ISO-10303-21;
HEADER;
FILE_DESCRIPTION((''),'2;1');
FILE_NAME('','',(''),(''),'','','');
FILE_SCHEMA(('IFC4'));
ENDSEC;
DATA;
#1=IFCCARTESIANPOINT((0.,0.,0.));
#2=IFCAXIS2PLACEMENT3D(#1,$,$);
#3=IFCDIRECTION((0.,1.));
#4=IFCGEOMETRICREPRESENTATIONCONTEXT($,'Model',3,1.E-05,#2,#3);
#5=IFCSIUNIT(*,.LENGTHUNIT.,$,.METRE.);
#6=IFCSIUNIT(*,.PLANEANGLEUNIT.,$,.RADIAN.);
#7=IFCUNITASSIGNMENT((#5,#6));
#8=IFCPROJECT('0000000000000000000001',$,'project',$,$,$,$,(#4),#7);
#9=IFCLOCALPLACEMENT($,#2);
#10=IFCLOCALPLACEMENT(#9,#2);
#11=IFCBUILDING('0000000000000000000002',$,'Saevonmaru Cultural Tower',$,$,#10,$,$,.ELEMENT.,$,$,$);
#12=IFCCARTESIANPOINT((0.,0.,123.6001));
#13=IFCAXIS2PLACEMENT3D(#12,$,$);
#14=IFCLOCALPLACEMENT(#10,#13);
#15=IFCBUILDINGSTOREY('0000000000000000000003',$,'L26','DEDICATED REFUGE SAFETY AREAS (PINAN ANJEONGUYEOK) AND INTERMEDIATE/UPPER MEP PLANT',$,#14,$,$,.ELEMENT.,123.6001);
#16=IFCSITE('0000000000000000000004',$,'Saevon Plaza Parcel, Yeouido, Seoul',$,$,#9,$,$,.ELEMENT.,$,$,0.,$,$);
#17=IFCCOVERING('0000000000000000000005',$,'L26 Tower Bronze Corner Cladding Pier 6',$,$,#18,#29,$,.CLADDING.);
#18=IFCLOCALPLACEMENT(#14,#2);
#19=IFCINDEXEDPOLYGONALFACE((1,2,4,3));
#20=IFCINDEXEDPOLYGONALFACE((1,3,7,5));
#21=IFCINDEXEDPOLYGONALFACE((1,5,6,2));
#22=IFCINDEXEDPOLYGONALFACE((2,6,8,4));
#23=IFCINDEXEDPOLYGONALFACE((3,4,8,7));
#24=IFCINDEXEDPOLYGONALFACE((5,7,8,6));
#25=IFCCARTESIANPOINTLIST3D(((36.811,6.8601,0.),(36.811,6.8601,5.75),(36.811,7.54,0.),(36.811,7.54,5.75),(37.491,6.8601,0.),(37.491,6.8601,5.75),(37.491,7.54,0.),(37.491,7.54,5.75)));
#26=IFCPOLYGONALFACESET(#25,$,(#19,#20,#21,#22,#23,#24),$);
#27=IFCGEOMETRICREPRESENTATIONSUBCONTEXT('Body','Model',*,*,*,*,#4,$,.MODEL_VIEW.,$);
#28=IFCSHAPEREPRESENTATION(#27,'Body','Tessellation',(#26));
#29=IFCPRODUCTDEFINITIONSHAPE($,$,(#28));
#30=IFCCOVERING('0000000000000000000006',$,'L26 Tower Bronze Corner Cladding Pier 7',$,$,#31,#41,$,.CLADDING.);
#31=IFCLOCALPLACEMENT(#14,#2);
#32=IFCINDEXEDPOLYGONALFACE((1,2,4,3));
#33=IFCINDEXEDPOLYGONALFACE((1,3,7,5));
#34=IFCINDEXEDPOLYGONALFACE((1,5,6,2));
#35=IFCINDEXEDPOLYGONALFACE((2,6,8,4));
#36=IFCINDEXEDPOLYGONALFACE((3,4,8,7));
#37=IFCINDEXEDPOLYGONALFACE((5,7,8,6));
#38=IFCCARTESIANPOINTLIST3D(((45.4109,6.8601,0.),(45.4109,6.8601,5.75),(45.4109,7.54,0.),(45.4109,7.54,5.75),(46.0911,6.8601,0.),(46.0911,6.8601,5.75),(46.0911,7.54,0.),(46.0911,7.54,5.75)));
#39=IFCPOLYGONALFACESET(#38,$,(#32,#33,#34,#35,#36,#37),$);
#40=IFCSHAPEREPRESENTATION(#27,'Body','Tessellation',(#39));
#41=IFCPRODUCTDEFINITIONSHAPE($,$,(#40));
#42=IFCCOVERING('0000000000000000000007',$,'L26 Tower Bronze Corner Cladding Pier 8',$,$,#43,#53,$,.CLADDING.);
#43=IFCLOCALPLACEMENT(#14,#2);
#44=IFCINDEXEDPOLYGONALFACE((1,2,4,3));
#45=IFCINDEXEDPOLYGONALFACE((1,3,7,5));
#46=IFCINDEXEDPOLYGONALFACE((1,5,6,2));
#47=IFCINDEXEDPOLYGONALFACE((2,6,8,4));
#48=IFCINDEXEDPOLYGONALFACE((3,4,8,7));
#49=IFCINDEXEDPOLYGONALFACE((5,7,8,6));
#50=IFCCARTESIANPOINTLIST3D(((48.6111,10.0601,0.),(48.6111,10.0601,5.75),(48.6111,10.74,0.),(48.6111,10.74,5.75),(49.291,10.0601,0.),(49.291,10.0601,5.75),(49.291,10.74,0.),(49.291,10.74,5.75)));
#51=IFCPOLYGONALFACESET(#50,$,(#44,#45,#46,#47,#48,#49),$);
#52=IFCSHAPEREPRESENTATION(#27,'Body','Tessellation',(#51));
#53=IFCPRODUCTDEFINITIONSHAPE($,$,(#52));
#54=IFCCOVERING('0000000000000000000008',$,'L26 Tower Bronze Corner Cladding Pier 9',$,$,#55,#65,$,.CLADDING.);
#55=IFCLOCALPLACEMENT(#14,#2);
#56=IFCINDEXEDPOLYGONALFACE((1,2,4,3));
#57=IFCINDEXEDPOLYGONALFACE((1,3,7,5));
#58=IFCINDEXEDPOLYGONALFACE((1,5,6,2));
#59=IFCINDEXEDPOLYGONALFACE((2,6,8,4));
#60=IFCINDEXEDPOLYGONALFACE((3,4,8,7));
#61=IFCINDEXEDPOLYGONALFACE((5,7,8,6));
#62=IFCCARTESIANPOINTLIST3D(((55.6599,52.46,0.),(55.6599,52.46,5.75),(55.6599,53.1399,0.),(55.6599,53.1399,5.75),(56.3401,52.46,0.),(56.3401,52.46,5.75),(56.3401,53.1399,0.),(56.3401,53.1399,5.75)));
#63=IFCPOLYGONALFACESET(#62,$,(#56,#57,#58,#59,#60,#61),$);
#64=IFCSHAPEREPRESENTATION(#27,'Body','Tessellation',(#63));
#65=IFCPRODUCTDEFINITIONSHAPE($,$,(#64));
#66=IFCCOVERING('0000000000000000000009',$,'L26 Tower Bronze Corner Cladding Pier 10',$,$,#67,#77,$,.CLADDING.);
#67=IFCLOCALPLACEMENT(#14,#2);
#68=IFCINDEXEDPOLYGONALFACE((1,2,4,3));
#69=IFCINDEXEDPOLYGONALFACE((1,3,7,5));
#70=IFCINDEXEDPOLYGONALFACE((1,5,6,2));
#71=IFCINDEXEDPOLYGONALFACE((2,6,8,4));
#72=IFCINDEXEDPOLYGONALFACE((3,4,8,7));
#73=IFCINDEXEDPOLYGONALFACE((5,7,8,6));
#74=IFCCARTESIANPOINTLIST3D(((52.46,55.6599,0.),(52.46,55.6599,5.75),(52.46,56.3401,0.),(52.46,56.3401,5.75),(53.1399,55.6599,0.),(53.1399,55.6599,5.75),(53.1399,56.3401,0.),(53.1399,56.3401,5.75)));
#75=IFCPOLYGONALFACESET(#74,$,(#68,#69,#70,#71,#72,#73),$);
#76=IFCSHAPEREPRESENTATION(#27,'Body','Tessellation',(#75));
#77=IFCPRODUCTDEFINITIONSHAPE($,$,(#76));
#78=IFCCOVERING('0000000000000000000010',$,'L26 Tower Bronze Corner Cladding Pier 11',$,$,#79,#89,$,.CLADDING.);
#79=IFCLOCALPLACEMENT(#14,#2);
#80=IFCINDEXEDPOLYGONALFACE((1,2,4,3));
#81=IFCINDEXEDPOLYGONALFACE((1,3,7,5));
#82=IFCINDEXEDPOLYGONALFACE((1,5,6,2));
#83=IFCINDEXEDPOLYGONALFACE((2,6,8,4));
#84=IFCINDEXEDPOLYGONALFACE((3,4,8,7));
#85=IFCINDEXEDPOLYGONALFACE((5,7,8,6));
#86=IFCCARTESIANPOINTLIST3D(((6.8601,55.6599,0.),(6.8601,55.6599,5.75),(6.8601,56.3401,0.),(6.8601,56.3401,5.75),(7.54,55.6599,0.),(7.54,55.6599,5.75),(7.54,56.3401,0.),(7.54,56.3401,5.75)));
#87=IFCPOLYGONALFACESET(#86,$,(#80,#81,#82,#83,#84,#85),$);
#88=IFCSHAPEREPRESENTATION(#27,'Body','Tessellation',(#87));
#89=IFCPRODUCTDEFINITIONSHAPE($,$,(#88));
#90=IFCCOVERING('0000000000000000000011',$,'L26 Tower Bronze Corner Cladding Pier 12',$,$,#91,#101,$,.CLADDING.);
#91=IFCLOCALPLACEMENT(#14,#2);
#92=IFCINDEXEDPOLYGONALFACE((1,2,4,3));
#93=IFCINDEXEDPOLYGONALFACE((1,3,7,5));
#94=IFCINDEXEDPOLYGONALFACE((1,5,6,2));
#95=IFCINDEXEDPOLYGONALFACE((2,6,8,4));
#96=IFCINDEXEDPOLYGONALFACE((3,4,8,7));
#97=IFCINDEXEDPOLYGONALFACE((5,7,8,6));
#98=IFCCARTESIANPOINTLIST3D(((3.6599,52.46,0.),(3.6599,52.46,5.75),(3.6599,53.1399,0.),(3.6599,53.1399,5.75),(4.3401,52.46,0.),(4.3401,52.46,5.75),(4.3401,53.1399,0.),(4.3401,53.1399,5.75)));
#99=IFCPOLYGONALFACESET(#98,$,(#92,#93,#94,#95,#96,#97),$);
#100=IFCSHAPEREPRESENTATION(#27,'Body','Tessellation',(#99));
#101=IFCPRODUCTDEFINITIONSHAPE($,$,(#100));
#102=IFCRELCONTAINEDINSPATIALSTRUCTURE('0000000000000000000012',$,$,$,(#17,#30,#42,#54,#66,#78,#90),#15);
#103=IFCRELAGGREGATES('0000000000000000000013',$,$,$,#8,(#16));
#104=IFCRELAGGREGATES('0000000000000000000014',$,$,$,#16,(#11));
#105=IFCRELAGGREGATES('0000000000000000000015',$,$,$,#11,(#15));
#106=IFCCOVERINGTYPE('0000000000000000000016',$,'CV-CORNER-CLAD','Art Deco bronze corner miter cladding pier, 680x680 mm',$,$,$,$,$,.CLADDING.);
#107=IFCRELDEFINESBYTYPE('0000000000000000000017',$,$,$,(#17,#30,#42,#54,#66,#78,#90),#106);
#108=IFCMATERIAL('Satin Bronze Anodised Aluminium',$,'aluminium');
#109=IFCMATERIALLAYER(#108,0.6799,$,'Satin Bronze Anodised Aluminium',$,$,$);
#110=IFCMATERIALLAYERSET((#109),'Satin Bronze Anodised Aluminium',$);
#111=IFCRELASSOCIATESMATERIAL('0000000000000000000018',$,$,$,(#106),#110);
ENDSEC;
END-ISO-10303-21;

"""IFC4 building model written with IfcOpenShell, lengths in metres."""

from ifc_helpers import new_model, si_unit, direction, frame, origin, place, context, subcontext, project, spatial, polyline, outline, extrude, material, layer, layer_set, type_object, element, save


model = new_model("IFC4")

# Units and contexts
model_context = context("Model", 3, precision=1e-05, world=origin(), true_north=direction((0.0, 1.0)))
body_context = subcontext(model_context, "Body", "Model", "MODEL_VIEW")
ifc_project = project(units=[si_unit("LENGTHUNIT", "METRE"), si_unit("PLANEANGLEUNIT", "RADIAN")], contexts=[model_context])

# Site, building, storey
site_placement = place(None, origin())
site = spatial("IfcSite", under=ifc_project, at=site_placement, Name="Saevon Plaza Parcel, Yeouido, Seoul", CompositionType="ELEMENT", RefElevation=0.0)
building_placement = place(site_placement, origin())
building = spatial("IfcBuilding", under=site, at=building_placement, Name="Saevonmaru Cultural Tower", CompositionType="ELEMENT")
storey_placement = place(building_placement, frame((0.0, 0.0, 123.6001)))
storey = spatial("IfcBuildingStorey", under=building, at=storey_placement, Name="L26", Description="DEDICATED REFUGE SAFETY AREAS (PINAN ANJEONGUYEOK) AND INTERMEDIATE/UPPER MEP PLANT", CompositionType="ELEMENT", Elevation=123.6001)

# Shared definitions
ifc_material_1 = material(Name="Satin Bronze Anodised Aluminium", Category="aluminium")

# Coverings
ifc_layer_1 = layer(ifc_material_1, 0.6799, Name="Satin Bronze Anodised Aluminium")
ifc_layer_set_1 = layer_set([ifc_layer_1], Name="Satin Bronze Anodised Aluminium")
covering_type = type_object("IfcCoveringType", Name="CV-CORNER-CLAD", Description="Art Deco bronze corner miter cladding pier, 680x680 mm", PredefinedType="CLADDING", material=ifc_layer_set_1)
covering_1_placement = place(storey_placement, origin())
element("IfcCovering", 1, at=covering_1_placement, inside=storey, type_object=covering_type, Name="L26 Tower Bronze Corner Cladding Pier 6", PredefinedType="CLADDING", context=body_context, shape_type="SweptSolid", body=[
    extrude(outline(polyline([(36.811, 6.8601), (37.491, 6.8601), (37.491, 7.54), (36.811, 7.54), (36.811, 6.8601)])), origin(), (0.0, 0.0, 1.0), 5.75),
])
covering_2_placement = place(storey_placement, origin())
element("IfcCovering", 2, at=covering_2_placement, inside=storey, type_object=covering_type, Name="L26 Tower Bronze Corner Cladding Pier 7", PredefinedType="CLADDING", context=body_context, shape_type="SweptSolid", body=[
    extrude(outline(polyline([(45.4109, 6.8601), (46.0911, 6.8601), (46.0911, 7.54), (45.4109, 7.54), (45.4109, 6.8601)])), origin(), (0.0, 0.0, 1.0), 5.75),
])
covering_3_placement = place(storey_placement, origin())
element("IfcCovering", 3, at=covering_3_placement, inside=storey, type_object=covering_type, Name="L26 Tower Bronze Corner Cladding Pier 8", PredefinedType="CLADDING", context=body_context, shape_type="SweptSolid", body=[
    extrude(outline(polyline([(48.6111, 10.0601), (49.291, 10.0601), (49.291, 10.74), (48.6111, 10.74), (48.6111, 10.0601)])), origin(), (0.0, 0.0, 1.0), 5.75),
])
covering_4_placement = place(storey_placement, origin())
element("IfcCovering", 4, at=covering_4_placement, inside=storey, type_object=covering_type, Name="L26 Tower Bronze Corner Cladding Pier 9", PredefinedType="CLADDING", context=body_context, shape_type="SweptSolid", body=[
    extrude(outline(polyline([(55.6599, 52.46), (56.3401, 52.46), (56.3401, 53.1399), (55.6599, 53.1399), (55.6599, 52.46)])), origin(), (0.0, 0.0, 1.0), 5.75),
])
covering_5_placement = place(storey_placement, origin())
element("IfcCovering", 5, at=covering_5_placement, inside=storey, type_object=covering_type, Name="L26 Tower Bronze Corner Cladding Pier 10", PredefinedType="CLADDING", context=body_context, shape_type="SweptSolid", body=[
    extrude(outline(polyline([(52.46, 55.6599), (53.1399, 55.6599), (53.1399, 56.3401), (52.46, 56.3401), (52.46, 55.6599)])), origin(), (0.0, 0.0, 1.0), 5.75),
])
covering_6_placement = place(storey_placement, origin())
element("IfcCovering", 6, at=covering_6_placement, inside=storey, type_object=covering_type, Name="L26 Tower Bronze Corner Cladding Pier 11", PredefinedType="CLADDING", context=body_context, shape_type="SweptSolid", body=[
    extrude(outline(polyline([(6.8601, 55.6599), (7.54, 55.6599), (7.54, 56.3401), (6.8601, 56.3401), (6.8601, 55.6599)])), origin(), (0.0, 0.0, 1.0), 5.75),
])
covering_7_placement = place(storey_placement, origin())
element("IfcCovering", 7, at=covering_7_placement, inside=storey, type_object=covering_type, Name="L26 Tower Bronze Corner Cladding Pier 12", PredefinedType="CLADDING", context=body_context, shape_type="SweptSolid", body=[
    extrude(outline(polyline([(3.6599, 52.46), (4.3401, 52.46), (4.3401, 53.1399), (3.6599, 53.1399), (3.6599, 52.46)])), origin(), (0.0, 0.0, 1.0), 5.75),
])

save(model, "model.ifc")
